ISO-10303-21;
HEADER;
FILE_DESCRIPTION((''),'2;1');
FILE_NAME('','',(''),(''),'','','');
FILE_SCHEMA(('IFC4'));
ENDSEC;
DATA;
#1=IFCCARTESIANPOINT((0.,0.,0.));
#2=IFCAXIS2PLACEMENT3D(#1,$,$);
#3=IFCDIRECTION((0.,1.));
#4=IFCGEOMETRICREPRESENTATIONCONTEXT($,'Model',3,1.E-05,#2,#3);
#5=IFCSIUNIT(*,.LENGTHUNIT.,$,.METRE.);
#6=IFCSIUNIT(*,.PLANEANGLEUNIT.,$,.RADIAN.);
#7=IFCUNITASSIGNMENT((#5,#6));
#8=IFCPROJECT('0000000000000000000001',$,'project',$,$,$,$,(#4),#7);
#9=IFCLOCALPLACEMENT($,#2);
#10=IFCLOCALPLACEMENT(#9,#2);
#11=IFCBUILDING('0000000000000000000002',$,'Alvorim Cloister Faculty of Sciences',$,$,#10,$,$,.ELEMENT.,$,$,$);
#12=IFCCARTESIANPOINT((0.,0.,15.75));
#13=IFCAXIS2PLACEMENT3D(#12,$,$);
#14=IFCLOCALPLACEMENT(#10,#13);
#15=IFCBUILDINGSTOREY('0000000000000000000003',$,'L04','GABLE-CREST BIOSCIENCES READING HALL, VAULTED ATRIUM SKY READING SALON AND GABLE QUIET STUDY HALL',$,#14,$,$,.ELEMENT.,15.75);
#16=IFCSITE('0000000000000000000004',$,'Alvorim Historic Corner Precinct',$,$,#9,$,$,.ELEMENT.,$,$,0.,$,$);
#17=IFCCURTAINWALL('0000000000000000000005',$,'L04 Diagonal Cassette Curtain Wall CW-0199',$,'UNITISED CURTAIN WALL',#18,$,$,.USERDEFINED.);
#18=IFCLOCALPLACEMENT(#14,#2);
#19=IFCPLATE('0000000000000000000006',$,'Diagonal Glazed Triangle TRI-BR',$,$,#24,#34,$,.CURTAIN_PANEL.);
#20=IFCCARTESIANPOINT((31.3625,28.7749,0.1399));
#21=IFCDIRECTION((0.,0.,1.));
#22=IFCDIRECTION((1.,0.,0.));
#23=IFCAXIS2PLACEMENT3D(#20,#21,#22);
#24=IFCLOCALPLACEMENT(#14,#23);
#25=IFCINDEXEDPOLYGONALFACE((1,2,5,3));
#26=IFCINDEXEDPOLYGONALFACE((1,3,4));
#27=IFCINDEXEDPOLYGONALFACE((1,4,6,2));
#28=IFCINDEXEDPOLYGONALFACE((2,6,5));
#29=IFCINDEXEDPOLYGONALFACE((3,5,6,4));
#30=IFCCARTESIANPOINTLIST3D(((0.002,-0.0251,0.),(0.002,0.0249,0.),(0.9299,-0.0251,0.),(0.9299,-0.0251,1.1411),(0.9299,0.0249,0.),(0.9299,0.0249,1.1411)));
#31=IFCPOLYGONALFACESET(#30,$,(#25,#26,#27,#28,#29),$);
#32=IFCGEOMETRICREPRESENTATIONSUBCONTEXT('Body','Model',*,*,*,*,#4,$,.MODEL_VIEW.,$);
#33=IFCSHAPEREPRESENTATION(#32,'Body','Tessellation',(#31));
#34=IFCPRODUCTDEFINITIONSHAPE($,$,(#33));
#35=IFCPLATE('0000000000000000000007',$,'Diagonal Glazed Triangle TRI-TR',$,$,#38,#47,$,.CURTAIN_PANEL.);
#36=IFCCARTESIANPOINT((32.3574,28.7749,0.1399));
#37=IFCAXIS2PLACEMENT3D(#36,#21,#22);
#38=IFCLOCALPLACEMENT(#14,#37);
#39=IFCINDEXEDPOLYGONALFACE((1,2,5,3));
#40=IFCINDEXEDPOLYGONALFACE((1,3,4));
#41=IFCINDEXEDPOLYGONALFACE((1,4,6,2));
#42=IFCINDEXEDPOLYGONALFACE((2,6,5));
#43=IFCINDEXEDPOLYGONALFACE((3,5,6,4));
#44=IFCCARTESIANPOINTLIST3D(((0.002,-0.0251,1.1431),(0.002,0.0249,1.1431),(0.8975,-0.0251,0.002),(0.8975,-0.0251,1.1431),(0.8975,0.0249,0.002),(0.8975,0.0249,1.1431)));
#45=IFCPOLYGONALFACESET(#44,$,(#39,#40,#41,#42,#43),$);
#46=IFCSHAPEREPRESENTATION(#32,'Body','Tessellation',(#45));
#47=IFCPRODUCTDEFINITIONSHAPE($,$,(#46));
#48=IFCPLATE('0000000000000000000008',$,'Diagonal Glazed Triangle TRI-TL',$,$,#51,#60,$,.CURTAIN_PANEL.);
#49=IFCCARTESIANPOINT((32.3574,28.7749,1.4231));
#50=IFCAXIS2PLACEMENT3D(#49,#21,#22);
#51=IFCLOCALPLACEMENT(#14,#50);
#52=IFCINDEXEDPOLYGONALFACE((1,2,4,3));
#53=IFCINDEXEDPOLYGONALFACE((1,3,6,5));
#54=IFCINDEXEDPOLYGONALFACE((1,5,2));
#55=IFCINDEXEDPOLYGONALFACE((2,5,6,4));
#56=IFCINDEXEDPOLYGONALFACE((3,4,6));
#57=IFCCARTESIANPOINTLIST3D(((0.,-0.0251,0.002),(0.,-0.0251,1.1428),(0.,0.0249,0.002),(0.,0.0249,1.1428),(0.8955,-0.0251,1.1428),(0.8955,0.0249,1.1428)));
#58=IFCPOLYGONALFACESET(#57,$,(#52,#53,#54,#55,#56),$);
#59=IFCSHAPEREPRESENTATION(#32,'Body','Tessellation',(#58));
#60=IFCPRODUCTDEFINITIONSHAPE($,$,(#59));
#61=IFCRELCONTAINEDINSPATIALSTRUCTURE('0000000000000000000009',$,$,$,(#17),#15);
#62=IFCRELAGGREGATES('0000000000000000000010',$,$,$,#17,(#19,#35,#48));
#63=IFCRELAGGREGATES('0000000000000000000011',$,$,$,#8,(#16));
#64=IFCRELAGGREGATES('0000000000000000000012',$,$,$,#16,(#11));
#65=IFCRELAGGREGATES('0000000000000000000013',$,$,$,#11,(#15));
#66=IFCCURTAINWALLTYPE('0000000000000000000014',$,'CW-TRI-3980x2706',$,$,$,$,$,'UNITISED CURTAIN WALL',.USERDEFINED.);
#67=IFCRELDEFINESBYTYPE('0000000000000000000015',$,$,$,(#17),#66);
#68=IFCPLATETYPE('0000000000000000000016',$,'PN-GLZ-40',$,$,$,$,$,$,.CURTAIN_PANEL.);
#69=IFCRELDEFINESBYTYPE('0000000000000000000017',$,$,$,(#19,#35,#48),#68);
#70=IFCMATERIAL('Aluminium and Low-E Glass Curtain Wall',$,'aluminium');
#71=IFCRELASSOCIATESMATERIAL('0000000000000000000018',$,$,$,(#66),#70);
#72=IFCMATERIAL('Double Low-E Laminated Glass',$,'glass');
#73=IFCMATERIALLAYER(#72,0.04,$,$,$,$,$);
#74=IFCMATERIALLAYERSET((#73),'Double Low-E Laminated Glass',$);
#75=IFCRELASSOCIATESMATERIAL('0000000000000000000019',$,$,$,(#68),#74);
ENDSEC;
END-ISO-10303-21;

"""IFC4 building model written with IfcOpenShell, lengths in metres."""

from ifc_helpers import new_model, si_unit, direction, frame, origin, place, context, subcontext, project, spatial, polyline, outline, extrude, material, layer, layer_set, type_object, element, aggregate, save


model = new_model("IFC4")

# Units and contexts
model_context = context("Model", 3, precision=1e-05, world=origin(), true_north=direction((0.0, 1.0)))
body_context = subcontext(model_context, "Body", "Model", "MODEL_VIEW")
ifc_project = project(units=[si_unit("LENGTHUNIT", "METRE"), si_unit("PLANEANGLEUNIT", "RADIAN")], contexts=[model_context])

# Site, building, storey
site_placement = place(None, origin())
site = spatial("IfcSite", under=ifc_project, at=site_placement, Name="Alvorim Historic Corner Precinct", CompositionType="ELEMENT", RefElevation=0.0)
building_placement = place(site_placement, origin())
building = spatial("IfcBuilding", under=site, at=building_placement, Name="Alvorim Cloister Faculty of Sciences", CompositionType="ELEMENT")
storey_placement = place(building_placement, frame((0.0, 0.0, 15.75)))
storey = spatial("IfcBuildingStorey", under=building, at=storey_placement, Name="L04", Description="GABLE-CREST BIOSCIENCES READING HALL, VAULTED ATRIUM SKY READING SALON AND GABLE QUIET STUDY HALL", CompositionType="ELEMENT", Elevation=15.75)

# Curtain wall, plates
ifc_material_1 = material(Name="Aluminium and Low-E Glass Curtain Wall", Category="aluminium")
curtain_wall_type = type_object("IfcCurtainWallType", Name="CW-TRI-3980x2706", ElementType="UNITISED CURTAIN WALL", PredefinedType="USERDEFINED", material=ifc_material_1)
curtain_wall_placement = place(storey_placement, origin())
curtain_wall = element("IfcCurtainWall", 1, at=curtain_wall_placement, inside=storey, type_object=curtain_wall_type, Name="L04 Diagonal Cassette Curtain Wall CW-0199", ObjectType="UNITISED CURTAIN WALL", PredefinedType="USERDEFINED")
ifc_material_2 = material(Name="Double Low-E Laminated Glass", Category="glass")
ifc_layer = layer(ifc_material_2, 0.04)
ifc_layer_set = layer_set([ifc_layer], Name="Double Low-E Laminated Glass")
plate_type = type_object("IfcPlateType", Name="PN-GLZ-40", PredefinedType="CURTAIN_PANEL", material=ifc_layer_set)
plate_1_placement = place(storey_placement, frame((31.3625, 28.7749, 0.1399), z_axis=(0.0, 0.0, 1.0), x_axis=(1.0, 0.0, 0.0)))
plate_1 = element("IfcPlate", 2, at=plate_1_placement, type_object=plate_type, Name="Diagonal Glazed Triangle TRI-BR", PredefinedType="CURTAIN_PANEL", context=body_context, shape_type="SweptSolid", body=[
    extrude(outline(polyline([(0.002, 0.0), (0.9299, 0.0), (0.9299, 1.1411), (0.002, 0.0)])), frame((0.0, 0.0249, 0.0), z_axis=(0.0, -1.0, 0.0), x_axis=(1.0, 0.0, 0.0)), (0.0, 0.0, 1.0), 0.05),
])
plate_2_placement = place(storey_placement, frame((32.3574, 28.7749, 0.1399), z_axis=(0.0, 0.0, 1.0), x_axis=(1.0, 0.0, 0.0)))
plate_2 = element("IfcPlate", 3, at=plate_2_placement, type_object=plate_type, Name="Diagonal Glazed Triangle TRI-TR", PredefinedType="CURTAIN_PANEL", context=body_context, shape_type="SweptSolid", body=[
    extrude(outline(polyline([(0.8975, 0.002), (0.8975, 1.1431), (0.002, 1.1431), (0.8975, 0.002)])), frame((0.0, 0.0249, 0.0), z_axis=(0.0, -1.0, 0.0), x_axis=(1.0, 0.0, 0.0)), (0.0, 0.0, 1.0), 0.05),
])
plate_3_placement = place(storey_placement, frame((32.3574, 28.7749, 1.4231), z_axis=(0.0, 0.0, 1.0), x_axis=(1.0, 0.0, 0.0)))
plate_3 = element("IfcPlate", 4, at=plate_3_placement, type_object=plate_type, Name="Diagonal Glazed Triangle TRI-TL", PredefinedType="CURTAIN_PANEL", context=body_context, shape_type="SweptSolid", body=[
    extrude(outline(polyline([(0.8955, 1.1428), (0.0, 1.1428), (0.0, 0.002), (0.8955, 1.1428)])), frame((0.0, 0.0249, 0.0), z_axis=(0.0, -1.0, 0.0), x_axis=(1.0, 0.0, 0.0)), (0.0, 0.0, 1.0), 0.05),
])
aggregate(curtain_wall, [plate_1, plate_2, plate_3])

save(model, "model.ifc")
